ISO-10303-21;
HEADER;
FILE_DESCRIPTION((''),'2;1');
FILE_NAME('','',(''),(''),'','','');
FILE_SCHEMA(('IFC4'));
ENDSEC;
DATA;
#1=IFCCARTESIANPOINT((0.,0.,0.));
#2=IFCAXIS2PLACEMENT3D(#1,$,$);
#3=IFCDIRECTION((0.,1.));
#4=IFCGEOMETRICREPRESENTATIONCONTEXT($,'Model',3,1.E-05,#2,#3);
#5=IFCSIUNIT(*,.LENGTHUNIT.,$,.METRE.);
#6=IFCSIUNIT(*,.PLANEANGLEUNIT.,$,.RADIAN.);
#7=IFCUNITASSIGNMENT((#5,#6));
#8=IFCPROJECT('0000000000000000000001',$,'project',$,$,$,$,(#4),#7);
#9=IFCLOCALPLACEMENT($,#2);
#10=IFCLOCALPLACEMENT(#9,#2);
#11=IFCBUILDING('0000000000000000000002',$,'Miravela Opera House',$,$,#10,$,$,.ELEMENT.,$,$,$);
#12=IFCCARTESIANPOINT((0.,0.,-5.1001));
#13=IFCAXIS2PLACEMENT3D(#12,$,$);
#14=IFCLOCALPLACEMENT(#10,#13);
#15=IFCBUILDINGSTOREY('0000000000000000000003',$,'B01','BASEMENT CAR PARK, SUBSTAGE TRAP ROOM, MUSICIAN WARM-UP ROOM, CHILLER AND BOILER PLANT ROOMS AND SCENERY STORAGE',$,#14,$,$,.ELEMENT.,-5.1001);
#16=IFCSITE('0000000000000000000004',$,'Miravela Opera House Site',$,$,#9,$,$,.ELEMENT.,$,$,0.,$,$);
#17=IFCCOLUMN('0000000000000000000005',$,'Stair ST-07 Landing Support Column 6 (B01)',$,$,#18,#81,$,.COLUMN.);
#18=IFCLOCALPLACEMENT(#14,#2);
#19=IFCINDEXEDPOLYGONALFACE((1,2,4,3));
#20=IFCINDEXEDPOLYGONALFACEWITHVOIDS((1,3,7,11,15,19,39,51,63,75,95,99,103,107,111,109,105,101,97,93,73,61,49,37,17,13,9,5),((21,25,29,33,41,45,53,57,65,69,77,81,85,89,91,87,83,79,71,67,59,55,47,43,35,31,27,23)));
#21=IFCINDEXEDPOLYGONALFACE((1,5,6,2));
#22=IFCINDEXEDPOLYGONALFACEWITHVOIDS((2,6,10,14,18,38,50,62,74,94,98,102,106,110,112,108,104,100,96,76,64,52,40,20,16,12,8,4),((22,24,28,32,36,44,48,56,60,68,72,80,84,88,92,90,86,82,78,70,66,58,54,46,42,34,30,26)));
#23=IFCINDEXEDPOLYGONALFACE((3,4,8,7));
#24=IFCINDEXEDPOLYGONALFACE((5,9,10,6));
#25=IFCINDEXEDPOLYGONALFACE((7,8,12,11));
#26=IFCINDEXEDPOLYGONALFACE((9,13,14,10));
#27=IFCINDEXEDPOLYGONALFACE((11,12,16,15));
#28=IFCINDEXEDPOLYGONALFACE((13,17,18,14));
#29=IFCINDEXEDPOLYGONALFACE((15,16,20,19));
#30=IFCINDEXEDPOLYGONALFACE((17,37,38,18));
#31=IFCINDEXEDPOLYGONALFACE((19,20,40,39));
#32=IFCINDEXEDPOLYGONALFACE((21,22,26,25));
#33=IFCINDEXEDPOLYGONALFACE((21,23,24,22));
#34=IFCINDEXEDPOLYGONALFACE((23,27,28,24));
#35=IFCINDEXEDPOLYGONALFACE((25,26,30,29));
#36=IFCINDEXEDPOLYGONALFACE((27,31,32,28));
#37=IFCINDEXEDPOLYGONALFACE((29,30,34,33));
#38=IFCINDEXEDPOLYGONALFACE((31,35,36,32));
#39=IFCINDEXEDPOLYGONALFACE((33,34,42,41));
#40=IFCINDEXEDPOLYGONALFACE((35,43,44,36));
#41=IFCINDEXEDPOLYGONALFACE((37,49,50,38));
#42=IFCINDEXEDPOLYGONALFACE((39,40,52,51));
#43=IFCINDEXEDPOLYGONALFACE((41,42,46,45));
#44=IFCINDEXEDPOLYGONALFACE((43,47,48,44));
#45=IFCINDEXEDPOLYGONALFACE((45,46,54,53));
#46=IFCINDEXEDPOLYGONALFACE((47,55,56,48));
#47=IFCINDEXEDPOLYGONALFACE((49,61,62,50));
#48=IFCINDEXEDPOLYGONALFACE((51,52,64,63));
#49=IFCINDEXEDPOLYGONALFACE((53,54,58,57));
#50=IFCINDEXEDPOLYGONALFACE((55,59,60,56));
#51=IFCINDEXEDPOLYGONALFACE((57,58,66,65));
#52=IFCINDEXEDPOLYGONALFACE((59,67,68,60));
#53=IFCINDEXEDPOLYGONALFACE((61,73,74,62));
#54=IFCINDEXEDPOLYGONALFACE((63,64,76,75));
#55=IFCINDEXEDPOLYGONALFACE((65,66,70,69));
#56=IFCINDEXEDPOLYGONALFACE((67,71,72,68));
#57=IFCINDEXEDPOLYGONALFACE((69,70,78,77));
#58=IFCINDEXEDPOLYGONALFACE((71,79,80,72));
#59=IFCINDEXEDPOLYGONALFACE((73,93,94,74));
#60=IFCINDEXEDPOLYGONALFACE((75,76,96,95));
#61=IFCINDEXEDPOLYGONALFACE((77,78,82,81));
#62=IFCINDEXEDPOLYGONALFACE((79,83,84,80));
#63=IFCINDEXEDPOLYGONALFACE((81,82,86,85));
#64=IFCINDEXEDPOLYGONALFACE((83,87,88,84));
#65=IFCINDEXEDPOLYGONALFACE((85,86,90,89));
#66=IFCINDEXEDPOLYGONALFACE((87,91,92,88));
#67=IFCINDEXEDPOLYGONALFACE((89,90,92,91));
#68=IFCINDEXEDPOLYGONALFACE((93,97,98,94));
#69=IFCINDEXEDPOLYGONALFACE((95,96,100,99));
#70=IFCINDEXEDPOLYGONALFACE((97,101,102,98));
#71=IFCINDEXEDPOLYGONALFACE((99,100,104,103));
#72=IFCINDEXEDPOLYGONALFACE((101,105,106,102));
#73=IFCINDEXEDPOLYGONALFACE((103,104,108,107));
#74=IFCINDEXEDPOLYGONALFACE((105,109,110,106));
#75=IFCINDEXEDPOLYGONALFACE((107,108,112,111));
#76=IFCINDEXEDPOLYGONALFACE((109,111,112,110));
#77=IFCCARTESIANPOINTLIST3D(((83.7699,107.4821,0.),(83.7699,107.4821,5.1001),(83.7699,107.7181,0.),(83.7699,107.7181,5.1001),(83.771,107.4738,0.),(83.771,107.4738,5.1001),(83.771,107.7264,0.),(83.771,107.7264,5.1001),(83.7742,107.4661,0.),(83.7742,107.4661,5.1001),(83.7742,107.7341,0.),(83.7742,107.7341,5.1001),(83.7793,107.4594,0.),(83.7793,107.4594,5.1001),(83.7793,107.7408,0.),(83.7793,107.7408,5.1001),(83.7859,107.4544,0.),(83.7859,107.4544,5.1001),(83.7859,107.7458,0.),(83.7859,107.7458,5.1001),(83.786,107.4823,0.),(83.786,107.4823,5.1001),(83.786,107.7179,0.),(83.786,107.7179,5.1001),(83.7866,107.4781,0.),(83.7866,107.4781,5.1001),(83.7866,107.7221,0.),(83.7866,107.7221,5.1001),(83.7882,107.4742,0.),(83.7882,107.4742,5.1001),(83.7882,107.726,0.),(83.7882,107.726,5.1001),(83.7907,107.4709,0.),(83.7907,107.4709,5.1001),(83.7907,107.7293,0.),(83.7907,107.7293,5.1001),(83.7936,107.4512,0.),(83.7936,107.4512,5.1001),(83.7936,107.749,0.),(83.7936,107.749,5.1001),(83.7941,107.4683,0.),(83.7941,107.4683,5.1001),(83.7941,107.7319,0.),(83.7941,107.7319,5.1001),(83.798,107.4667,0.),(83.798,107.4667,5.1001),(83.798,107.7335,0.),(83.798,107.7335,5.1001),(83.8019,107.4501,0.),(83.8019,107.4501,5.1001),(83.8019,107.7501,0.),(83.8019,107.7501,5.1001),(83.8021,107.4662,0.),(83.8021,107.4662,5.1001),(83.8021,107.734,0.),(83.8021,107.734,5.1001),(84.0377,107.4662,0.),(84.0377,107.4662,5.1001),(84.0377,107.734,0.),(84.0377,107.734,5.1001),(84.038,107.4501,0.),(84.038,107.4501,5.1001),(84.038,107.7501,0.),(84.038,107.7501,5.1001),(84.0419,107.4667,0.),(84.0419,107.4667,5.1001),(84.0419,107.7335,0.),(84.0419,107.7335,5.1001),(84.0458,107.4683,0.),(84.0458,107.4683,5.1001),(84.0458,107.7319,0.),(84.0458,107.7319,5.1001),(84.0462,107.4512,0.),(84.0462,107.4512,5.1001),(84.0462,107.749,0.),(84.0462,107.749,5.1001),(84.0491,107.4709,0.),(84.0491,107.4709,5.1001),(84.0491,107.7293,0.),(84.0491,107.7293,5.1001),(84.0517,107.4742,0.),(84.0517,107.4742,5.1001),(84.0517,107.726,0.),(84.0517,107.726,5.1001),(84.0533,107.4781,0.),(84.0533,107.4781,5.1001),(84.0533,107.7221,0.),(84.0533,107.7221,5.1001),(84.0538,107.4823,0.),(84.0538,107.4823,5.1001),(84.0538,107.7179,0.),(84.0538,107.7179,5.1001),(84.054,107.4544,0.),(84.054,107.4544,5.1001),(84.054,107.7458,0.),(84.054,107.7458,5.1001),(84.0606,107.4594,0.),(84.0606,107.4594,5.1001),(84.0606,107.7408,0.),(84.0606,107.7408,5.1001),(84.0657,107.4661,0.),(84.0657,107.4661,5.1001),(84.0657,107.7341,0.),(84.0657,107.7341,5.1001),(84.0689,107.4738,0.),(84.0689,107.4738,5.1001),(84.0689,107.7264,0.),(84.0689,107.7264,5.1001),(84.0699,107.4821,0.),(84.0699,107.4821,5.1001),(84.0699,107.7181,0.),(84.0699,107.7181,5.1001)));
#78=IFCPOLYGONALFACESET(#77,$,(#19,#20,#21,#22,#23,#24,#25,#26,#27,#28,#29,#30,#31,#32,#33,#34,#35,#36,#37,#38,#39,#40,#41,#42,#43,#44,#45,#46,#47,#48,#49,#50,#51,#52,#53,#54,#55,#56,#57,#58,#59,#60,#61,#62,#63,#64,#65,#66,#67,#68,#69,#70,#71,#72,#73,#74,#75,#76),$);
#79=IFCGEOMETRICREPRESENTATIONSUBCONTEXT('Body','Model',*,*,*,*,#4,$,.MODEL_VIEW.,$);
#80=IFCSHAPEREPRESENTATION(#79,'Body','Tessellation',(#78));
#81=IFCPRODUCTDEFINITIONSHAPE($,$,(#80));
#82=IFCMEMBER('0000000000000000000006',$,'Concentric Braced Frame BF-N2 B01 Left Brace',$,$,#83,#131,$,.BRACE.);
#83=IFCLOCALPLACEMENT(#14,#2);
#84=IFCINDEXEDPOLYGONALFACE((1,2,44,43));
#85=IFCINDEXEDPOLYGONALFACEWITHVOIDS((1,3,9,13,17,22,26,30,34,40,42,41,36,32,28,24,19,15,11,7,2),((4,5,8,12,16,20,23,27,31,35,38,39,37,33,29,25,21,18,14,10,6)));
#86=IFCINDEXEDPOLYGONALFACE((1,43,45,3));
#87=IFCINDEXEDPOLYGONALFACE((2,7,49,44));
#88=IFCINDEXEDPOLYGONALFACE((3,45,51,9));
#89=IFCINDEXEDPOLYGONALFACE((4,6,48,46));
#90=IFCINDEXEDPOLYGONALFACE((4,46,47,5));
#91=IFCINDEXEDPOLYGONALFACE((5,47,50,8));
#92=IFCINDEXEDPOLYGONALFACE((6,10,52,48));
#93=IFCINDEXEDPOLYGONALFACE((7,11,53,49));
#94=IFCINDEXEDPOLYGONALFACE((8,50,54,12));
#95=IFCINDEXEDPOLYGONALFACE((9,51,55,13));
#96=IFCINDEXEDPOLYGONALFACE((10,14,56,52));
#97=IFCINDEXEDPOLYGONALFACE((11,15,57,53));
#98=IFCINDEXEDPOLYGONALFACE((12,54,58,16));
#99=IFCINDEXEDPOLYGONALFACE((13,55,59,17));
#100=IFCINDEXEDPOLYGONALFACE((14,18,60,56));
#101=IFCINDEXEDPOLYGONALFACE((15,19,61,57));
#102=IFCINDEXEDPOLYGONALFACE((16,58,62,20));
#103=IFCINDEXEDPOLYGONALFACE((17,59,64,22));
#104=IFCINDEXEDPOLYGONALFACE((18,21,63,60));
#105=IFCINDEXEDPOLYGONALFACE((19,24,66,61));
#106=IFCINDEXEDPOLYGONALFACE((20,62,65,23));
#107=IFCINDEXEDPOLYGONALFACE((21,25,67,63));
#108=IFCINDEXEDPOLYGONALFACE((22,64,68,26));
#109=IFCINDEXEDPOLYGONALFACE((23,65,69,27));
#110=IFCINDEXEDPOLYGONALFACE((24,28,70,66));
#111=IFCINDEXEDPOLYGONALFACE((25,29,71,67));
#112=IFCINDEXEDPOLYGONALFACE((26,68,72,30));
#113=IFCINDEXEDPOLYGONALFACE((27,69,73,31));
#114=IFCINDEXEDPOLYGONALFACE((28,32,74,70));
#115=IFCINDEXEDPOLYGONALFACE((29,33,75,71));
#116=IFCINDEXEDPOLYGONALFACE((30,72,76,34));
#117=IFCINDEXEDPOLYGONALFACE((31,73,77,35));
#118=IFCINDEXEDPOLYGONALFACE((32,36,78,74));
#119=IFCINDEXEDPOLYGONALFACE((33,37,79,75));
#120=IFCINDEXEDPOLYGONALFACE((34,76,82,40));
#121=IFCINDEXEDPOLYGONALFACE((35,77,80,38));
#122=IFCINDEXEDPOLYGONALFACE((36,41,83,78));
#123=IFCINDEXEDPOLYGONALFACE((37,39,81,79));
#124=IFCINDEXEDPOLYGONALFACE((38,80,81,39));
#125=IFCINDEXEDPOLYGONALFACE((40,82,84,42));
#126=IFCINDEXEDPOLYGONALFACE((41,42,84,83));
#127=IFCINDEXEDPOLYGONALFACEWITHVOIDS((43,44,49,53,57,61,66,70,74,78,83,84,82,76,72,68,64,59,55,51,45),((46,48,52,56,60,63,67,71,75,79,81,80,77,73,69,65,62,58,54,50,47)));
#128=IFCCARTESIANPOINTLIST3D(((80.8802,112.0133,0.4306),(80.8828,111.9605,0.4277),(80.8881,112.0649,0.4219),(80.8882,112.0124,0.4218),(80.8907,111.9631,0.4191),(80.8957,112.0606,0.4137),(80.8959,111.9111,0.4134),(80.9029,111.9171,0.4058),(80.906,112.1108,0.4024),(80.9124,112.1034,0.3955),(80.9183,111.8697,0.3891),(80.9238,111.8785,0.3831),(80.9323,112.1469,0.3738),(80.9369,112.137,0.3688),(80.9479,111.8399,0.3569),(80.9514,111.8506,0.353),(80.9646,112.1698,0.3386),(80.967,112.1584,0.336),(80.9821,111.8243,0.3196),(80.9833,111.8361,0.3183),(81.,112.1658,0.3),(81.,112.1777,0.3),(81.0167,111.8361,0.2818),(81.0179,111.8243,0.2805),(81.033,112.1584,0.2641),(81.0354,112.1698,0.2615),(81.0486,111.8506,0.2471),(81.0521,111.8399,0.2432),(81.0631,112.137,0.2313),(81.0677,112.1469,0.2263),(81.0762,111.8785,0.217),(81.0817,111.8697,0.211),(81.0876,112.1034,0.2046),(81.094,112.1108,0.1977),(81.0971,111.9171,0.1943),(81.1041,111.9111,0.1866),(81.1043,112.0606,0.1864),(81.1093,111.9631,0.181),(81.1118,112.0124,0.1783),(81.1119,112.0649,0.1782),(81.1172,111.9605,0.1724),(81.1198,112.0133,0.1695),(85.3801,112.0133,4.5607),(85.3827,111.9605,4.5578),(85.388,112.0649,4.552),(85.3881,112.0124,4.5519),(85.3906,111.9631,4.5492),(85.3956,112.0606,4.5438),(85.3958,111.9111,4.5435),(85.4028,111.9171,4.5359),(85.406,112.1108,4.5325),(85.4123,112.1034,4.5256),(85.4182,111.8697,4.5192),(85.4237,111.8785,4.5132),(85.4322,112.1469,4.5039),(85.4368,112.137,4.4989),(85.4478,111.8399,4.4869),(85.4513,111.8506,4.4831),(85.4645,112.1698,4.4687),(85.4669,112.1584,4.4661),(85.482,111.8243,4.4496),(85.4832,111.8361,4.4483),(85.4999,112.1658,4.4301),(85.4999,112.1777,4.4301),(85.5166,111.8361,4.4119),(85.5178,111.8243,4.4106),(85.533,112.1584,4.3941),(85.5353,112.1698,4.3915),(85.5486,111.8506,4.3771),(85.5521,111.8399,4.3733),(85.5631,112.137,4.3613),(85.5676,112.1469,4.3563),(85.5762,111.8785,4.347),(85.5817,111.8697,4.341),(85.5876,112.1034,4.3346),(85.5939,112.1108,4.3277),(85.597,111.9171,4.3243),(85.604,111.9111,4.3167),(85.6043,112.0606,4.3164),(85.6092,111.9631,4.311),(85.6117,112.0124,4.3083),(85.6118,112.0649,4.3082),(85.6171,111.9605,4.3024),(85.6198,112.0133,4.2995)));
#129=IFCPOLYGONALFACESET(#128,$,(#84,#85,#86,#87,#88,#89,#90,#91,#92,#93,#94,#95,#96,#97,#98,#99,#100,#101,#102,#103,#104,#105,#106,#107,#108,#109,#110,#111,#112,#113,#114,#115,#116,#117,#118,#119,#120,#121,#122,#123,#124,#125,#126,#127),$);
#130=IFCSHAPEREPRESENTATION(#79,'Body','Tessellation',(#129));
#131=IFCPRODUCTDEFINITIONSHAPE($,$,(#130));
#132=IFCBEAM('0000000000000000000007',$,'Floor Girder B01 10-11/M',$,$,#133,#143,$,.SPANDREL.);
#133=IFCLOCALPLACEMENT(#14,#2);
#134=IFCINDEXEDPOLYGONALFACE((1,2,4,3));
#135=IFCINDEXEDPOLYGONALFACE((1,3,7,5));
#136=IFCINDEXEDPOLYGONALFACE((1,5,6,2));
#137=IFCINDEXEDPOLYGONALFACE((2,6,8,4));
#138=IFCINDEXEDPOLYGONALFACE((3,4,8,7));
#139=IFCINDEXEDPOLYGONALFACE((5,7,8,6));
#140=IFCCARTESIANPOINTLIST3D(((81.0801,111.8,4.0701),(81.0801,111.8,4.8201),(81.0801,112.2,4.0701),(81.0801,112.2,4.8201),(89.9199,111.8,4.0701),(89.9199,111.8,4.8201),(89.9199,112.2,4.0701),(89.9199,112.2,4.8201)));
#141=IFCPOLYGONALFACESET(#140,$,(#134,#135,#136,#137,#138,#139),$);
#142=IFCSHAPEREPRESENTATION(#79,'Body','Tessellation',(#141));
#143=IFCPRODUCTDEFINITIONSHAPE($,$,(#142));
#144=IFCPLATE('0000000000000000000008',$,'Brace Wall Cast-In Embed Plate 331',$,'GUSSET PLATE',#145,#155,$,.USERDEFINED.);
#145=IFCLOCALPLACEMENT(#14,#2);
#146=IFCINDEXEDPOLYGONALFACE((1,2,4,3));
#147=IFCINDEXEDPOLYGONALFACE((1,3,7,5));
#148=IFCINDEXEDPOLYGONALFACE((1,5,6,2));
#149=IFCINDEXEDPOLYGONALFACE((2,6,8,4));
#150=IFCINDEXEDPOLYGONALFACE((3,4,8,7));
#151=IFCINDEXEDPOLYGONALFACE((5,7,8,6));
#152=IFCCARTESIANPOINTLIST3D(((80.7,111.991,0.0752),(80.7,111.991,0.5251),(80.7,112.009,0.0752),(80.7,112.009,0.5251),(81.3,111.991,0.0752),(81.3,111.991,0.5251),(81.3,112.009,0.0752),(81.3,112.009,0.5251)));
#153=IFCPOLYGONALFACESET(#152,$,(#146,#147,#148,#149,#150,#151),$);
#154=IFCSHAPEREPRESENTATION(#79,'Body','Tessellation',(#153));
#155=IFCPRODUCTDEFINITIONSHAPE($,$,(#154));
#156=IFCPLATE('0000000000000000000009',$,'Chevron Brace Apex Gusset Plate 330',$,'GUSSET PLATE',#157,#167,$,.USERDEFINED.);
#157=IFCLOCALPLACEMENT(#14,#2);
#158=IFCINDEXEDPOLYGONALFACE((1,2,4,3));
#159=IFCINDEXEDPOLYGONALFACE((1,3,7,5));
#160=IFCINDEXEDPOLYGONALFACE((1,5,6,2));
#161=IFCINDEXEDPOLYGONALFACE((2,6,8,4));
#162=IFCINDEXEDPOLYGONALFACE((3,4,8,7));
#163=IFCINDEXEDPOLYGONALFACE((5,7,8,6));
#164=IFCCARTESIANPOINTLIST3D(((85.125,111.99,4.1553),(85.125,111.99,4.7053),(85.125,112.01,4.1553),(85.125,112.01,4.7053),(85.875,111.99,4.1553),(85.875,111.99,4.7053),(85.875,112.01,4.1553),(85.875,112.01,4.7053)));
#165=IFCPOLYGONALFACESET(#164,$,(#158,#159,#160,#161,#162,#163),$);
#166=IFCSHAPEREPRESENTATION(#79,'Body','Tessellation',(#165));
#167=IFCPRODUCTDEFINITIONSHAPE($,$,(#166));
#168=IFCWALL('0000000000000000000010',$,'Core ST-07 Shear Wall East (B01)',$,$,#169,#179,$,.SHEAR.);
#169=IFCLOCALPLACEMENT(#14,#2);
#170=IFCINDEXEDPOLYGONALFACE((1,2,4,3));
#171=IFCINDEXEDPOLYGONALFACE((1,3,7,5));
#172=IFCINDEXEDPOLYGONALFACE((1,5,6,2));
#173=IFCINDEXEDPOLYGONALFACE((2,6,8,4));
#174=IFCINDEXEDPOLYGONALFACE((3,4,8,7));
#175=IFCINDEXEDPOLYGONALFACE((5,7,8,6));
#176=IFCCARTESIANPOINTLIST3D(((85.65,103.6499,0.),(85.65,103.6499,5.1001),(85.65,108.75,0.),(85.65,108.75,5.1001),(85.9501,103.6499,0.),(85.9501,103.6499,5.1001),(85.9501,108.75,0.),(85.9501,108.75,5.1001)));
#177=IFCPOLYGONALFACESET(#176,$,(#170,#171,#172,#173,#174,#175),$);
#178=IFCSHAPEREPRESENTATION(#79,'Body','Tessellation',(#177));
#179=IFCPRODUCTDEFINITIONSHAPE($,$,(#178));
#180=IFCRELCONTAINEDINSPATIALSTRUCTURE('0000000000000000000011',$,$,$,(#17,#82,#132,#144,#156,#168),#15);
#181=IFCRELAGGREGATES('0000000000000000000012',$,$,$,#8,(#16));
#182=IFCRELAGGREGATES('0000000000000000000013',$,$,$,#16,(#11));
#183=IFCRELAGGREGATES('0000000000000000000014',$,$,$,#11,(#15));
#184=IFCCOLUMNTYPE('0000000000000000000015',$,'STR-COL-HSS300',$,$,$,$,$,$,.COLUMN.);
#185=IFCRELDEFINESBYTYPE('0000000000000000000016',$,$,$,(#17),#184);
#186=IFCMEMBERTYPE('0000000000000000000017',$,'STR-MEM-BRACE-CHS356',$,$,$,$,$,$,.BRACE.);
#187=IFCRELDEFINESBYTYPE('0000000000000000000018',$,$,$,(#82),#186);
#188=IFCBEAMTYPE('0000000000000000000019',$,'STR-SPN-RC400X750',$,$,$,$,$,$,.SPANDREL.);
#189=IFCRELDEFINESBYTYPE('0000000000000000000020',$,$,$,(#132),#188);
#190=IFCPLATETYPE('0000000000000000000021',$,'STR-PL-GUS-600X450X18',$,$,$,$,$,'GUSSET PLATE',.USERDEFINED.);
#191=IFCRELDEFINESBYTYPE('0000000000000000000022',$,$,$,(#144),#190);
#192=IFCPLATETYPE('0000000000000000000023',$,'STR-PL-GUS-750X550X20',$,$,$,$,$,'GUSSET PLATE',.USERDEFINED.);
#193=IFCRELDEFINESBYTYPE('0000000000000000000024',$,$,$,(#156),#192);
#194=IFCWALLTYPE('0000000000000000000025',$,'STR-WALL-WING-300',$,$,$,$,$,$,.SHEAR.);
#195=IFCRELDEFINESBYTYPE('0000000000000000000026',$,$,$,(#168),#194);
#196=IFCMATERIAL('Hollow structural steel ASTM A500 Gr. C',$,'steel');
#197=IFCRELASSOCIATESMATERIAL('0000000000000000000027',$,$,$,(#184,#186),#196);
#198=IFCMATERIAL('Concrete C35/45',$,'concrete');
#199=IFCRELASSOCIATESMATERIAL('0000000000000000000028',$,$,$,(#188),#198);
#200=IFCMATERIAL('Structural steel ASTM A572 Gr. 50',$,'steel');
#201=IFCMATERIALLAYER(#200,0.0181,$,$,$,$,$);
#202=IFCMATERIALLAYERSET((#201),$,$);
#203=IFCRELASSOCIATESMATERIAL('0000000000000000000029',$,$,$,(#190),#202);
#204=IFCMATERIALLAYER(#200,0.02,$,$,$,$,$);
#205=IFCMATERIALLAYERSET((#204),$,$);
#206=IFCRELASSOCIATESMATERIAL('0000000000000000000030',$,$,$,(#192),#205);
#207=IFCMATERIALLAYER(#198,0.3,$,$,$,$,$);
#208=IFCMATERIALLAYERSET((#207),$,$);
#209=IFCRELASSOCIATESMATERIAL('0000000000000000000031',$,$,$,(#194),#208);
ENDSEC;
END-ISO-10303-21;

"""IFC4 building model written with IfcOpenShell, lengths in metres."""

from ifc_helpers import new_model, si_unit, direction, frame, frame_2d, origin, origin_2d, place, context, subcontext, project, spatial, rectangle, hollow_rectangle, hollow_circle, extrude, material, layer, layer_set, material_profile, profile_set, type_object, element, save


model = new_model("IFC4")

# Units and contexts
model_context = context("Model", 3, precision=1e-05, world=origin(), true_north=direction((0.0, 1.0)))
body_context = subcontext(model_context, "Body", "Model", "MODEL_VIEW")
ifc_project = project(units=[si_unit("LENGTHUNIT", "METRE"), si_unit("PLANEANGLEUNIT", "RADIAN")], contexts=[model_context])

# Site, building, storey
site_placement = place(None, origin())
site = spatial("IfcSite", under=ifc_project, at=site_placement, Name="Miravela Opera House Site", CompositionType="ELEMENT", RefElevation=0.0)
building_placement = place(site_placement, origin())
building = spatial("IfcBuilding", under=site, at=building_placement, Name="Miravela Opera House", CompositionType="ELEMENT")
storey_placement = place(building_placement, frame((0.0, 0.0, -5.1001)))
storey = spatial("IfcBuildingStorey", under=building, at=storey_placement, Name="B01", Description="BASEMENT CAR PARK, SUBSTAGE TRAP ROOM, MUSICIAN WARM-UP ROOM, CHILLER AND BOILER PLANT ROOMS AND SCENERY STORAGE", CompositionType="ELEMENT", Elevation=-5.1001)

# Shared definitions
ifc_material_1 = material(Name="Concrete C35/45", Category="concrete")

# Column
ifc_material_2 = material(Name="Hollow structural steel ASTM A500 Gr. C", Category="steel")
ifc_material_profile_1 = material_profile(ifc_material_2, hollow_rectangle(XDim=0.3, YDim=0.3, WallThickness=0.0161, InnerFilletRadius=0.0161, OuterFilletRadius=0.032, at=origin_2d()), Name="HSS300X300X16")
ifc_profile_set_1 = profile_set([ifc_material_profile_1])
column_type = type_object("IfcColumnType", Name="STR-COL-HSS300", PredefinedType="COLUMN", material=ifc_profile_set_1)
for number, where, z_axis, x_axis, name in (
    (1, (83.9199, 107.6001, 0.0), (0.0, 0.0, 1.0), (1.0, 0.0, 0.0), "Stair ST-07 Landing Support Column 6 (B01)"),
):
    element("IfcColumn", number, at=place(storey_placement, frame(where, z_axis=z_axis, x_axis=x_axis)), inside=storey, type_object=column_type, Name=name, PredefinedType="COLUMN", context=body_context, shape_type="SweptSolid", body=[
        extrude(hollow_rectangle(XDim=0.3, YDim=0.3, WallThickness=0.0161, InnerFilletRadius=0.0161, OuterFilletRadius=0.032, at=origin_2d()), origin(), (0.0, 0.0, 1.0), 5.1001),
    ])

# Member
ifc_material_profile_2 = material_profile(ifc_material_2, hollow_circle(Radius=0.1777, WallThickness=0.012, at=origin_2d()), Name="CHS356X12")
ifc_profile_set_2 = profile_set([ifc_material_profile_2])
member_type = type_object("IfcMemberType", Name="STR-MEM-BRACE-CHS356", PredefinedType="BRACE", material=ifc_profile_set_2)
member_placement = place(storey_placement, frame((81.0, 112.0, 0.3), z_axis=(0.736736, 0.0, 0.676181), x_axis=(0.0, 1.0, 0.0)))
element("IfcMember", 2, at=member_placement, inside=storey, type_object=member_type, Name="Concentric Braced Frame BF-N2 B01 Left Brace", PredefinedType="BRACE", context=body_context, shape_type="SweptSolid", body=[
    extrude(hollow_circle(Radius=0.1777, WallThickness=0.012, at=origin_2d()), origin(), (0.0, 0.0, 1.0), 6.1079),
])

# Beam
ifc_material_profile_3 = material_profile(ifc_material_1, rectangle(XDim=0.3999, YDim=0.75, at=origin_2d()), Name="RC-SPN-400X750")
ifc_profile_set_3 = profile_set([ifc_material_profile_3])
beam_type = type_object("IfcBeamType", Name="STR-SPN-RC400X750", PredefinedType="SPANDREL", material=ifc_profile_set_3)
beam_placement = place(storey_placement, frame((81.0801, 112.0, 4.4451), z_axis=(1.0, 0.0, 0.0), x_axis=(0.0, 1.0, 0.0)))
element("IfcBeam", 3, at=beam_placement, inside=storey, type_object=beam_type, Name="Floor Girder B01 10-11/M", PredefinedType="SPANDREL", context=body_context, shape_type="SweptSolid", body=[
    extrude(rectangle(XDim=0.3999, YDim=0.75, at=origin_2d()), origin(), (0.0, 0.0, 1.0), 8.8398),
])

# Plates
ifc_material_3 = material(Name="Structural steel ASTM A572 Gr. 50", Category="steel")
ifc_layer_1 = layer(ifc_material_3, 0.0181)
ifc_layer_set_1 = layer_set([ifc_layer_1])
plate_type_1 = type_object("IfcPlateType", Name="STR-PL-GUS-600X450X18", ElementType="GUSSET PLATE", PredefinedType="USERDEFINED", material=ifc_layer_set_1)
plate_1_placement = place(storey_placement, frame((81.0, 112.0, 0.0752), z_axis=(0.0, 0.0, 1.0), x_axis=(1.0, 0.0, 0.0)))
element("IfcPlate", 4, at=plate_1_placement, inside=storey, type_object=plate_type_1, Name="Brace Wall Cast-In Embed Plate 331", ObjectType="GUSSET PLATE", PredefinedType="USERDEFINED", context=body_context, shape_type="SweptSolid", body=[
    extrude(rectangle(XDim=0.6001, YDim=0.0181, at=origin_2d()), origin(), (0.0, 0.0, 1.0), 0.45),
])
ifc_layer_2 = layer(ifc_material_3, 0.02)
ifc_layer_set_2 = layer_set([ifc_layer_2])
plate_type_2 = type_object("IfcPlateType", Name="STR-PL-GUS-750X550X20", ElementType="GUSSET PLATE", PredefinedType="USERDEFINED", material=ifc_layer_set_2)
plate_2_placement = place(storey_placement, frame((85.5, 112.0, 4.1553), z_axis=(0.0, 0.0, 1.0), x_axis=(1.0, 0.0, 0.0)))
element("IfcPlate", 5, at=plate_2_placement, inside=storey, type_object=plate_type_2, Name="Chevron Brace Apex Gusset Plate 330", ObjectType="GUSSET PLATE", PredefinedType="USERDEFINED", context=body_context, shape_type="SweptSolid", body=[
    extrude(rectangle(XDim=0.75, YDim=0.02, at=origin_2d()), origin(), (0.0, 0.0, 1.0), 0.55),
])

# Wall
ifc_layer_3 = layer(ifc_material_1, 0.3)
ifc_layer_set_3 = layer_set([ifc_layer_3])
wall_type = type_object("IfcWallType", Name="STR-WALL-WING-300", PredefinedType="SHEAR", material=ifc_layer_set_3)
wall_placement = place(storey_placement, frame((85.8, 103.6499, 0.0), z_axis=(0.0, 0.0, 1.0), x_axis=(0.0, 1.0, 0.0)))
element("IfcWall", 6, at=wall_placement, inside=storey, type_object=wall_type, Name="Core ST-07 Shear Wall East (B01)", PredefinedType="SHEAR", context=body_context, shape_type="SweptSolid", body=[
    extrude(rectangle(XDim=5.1001, YDim=0.3, at=frame_2d((2.55, 0.0))), origin(), (0.0, 0.0, 1.0), 5.1001),
])

save(model, "model.ifc")
